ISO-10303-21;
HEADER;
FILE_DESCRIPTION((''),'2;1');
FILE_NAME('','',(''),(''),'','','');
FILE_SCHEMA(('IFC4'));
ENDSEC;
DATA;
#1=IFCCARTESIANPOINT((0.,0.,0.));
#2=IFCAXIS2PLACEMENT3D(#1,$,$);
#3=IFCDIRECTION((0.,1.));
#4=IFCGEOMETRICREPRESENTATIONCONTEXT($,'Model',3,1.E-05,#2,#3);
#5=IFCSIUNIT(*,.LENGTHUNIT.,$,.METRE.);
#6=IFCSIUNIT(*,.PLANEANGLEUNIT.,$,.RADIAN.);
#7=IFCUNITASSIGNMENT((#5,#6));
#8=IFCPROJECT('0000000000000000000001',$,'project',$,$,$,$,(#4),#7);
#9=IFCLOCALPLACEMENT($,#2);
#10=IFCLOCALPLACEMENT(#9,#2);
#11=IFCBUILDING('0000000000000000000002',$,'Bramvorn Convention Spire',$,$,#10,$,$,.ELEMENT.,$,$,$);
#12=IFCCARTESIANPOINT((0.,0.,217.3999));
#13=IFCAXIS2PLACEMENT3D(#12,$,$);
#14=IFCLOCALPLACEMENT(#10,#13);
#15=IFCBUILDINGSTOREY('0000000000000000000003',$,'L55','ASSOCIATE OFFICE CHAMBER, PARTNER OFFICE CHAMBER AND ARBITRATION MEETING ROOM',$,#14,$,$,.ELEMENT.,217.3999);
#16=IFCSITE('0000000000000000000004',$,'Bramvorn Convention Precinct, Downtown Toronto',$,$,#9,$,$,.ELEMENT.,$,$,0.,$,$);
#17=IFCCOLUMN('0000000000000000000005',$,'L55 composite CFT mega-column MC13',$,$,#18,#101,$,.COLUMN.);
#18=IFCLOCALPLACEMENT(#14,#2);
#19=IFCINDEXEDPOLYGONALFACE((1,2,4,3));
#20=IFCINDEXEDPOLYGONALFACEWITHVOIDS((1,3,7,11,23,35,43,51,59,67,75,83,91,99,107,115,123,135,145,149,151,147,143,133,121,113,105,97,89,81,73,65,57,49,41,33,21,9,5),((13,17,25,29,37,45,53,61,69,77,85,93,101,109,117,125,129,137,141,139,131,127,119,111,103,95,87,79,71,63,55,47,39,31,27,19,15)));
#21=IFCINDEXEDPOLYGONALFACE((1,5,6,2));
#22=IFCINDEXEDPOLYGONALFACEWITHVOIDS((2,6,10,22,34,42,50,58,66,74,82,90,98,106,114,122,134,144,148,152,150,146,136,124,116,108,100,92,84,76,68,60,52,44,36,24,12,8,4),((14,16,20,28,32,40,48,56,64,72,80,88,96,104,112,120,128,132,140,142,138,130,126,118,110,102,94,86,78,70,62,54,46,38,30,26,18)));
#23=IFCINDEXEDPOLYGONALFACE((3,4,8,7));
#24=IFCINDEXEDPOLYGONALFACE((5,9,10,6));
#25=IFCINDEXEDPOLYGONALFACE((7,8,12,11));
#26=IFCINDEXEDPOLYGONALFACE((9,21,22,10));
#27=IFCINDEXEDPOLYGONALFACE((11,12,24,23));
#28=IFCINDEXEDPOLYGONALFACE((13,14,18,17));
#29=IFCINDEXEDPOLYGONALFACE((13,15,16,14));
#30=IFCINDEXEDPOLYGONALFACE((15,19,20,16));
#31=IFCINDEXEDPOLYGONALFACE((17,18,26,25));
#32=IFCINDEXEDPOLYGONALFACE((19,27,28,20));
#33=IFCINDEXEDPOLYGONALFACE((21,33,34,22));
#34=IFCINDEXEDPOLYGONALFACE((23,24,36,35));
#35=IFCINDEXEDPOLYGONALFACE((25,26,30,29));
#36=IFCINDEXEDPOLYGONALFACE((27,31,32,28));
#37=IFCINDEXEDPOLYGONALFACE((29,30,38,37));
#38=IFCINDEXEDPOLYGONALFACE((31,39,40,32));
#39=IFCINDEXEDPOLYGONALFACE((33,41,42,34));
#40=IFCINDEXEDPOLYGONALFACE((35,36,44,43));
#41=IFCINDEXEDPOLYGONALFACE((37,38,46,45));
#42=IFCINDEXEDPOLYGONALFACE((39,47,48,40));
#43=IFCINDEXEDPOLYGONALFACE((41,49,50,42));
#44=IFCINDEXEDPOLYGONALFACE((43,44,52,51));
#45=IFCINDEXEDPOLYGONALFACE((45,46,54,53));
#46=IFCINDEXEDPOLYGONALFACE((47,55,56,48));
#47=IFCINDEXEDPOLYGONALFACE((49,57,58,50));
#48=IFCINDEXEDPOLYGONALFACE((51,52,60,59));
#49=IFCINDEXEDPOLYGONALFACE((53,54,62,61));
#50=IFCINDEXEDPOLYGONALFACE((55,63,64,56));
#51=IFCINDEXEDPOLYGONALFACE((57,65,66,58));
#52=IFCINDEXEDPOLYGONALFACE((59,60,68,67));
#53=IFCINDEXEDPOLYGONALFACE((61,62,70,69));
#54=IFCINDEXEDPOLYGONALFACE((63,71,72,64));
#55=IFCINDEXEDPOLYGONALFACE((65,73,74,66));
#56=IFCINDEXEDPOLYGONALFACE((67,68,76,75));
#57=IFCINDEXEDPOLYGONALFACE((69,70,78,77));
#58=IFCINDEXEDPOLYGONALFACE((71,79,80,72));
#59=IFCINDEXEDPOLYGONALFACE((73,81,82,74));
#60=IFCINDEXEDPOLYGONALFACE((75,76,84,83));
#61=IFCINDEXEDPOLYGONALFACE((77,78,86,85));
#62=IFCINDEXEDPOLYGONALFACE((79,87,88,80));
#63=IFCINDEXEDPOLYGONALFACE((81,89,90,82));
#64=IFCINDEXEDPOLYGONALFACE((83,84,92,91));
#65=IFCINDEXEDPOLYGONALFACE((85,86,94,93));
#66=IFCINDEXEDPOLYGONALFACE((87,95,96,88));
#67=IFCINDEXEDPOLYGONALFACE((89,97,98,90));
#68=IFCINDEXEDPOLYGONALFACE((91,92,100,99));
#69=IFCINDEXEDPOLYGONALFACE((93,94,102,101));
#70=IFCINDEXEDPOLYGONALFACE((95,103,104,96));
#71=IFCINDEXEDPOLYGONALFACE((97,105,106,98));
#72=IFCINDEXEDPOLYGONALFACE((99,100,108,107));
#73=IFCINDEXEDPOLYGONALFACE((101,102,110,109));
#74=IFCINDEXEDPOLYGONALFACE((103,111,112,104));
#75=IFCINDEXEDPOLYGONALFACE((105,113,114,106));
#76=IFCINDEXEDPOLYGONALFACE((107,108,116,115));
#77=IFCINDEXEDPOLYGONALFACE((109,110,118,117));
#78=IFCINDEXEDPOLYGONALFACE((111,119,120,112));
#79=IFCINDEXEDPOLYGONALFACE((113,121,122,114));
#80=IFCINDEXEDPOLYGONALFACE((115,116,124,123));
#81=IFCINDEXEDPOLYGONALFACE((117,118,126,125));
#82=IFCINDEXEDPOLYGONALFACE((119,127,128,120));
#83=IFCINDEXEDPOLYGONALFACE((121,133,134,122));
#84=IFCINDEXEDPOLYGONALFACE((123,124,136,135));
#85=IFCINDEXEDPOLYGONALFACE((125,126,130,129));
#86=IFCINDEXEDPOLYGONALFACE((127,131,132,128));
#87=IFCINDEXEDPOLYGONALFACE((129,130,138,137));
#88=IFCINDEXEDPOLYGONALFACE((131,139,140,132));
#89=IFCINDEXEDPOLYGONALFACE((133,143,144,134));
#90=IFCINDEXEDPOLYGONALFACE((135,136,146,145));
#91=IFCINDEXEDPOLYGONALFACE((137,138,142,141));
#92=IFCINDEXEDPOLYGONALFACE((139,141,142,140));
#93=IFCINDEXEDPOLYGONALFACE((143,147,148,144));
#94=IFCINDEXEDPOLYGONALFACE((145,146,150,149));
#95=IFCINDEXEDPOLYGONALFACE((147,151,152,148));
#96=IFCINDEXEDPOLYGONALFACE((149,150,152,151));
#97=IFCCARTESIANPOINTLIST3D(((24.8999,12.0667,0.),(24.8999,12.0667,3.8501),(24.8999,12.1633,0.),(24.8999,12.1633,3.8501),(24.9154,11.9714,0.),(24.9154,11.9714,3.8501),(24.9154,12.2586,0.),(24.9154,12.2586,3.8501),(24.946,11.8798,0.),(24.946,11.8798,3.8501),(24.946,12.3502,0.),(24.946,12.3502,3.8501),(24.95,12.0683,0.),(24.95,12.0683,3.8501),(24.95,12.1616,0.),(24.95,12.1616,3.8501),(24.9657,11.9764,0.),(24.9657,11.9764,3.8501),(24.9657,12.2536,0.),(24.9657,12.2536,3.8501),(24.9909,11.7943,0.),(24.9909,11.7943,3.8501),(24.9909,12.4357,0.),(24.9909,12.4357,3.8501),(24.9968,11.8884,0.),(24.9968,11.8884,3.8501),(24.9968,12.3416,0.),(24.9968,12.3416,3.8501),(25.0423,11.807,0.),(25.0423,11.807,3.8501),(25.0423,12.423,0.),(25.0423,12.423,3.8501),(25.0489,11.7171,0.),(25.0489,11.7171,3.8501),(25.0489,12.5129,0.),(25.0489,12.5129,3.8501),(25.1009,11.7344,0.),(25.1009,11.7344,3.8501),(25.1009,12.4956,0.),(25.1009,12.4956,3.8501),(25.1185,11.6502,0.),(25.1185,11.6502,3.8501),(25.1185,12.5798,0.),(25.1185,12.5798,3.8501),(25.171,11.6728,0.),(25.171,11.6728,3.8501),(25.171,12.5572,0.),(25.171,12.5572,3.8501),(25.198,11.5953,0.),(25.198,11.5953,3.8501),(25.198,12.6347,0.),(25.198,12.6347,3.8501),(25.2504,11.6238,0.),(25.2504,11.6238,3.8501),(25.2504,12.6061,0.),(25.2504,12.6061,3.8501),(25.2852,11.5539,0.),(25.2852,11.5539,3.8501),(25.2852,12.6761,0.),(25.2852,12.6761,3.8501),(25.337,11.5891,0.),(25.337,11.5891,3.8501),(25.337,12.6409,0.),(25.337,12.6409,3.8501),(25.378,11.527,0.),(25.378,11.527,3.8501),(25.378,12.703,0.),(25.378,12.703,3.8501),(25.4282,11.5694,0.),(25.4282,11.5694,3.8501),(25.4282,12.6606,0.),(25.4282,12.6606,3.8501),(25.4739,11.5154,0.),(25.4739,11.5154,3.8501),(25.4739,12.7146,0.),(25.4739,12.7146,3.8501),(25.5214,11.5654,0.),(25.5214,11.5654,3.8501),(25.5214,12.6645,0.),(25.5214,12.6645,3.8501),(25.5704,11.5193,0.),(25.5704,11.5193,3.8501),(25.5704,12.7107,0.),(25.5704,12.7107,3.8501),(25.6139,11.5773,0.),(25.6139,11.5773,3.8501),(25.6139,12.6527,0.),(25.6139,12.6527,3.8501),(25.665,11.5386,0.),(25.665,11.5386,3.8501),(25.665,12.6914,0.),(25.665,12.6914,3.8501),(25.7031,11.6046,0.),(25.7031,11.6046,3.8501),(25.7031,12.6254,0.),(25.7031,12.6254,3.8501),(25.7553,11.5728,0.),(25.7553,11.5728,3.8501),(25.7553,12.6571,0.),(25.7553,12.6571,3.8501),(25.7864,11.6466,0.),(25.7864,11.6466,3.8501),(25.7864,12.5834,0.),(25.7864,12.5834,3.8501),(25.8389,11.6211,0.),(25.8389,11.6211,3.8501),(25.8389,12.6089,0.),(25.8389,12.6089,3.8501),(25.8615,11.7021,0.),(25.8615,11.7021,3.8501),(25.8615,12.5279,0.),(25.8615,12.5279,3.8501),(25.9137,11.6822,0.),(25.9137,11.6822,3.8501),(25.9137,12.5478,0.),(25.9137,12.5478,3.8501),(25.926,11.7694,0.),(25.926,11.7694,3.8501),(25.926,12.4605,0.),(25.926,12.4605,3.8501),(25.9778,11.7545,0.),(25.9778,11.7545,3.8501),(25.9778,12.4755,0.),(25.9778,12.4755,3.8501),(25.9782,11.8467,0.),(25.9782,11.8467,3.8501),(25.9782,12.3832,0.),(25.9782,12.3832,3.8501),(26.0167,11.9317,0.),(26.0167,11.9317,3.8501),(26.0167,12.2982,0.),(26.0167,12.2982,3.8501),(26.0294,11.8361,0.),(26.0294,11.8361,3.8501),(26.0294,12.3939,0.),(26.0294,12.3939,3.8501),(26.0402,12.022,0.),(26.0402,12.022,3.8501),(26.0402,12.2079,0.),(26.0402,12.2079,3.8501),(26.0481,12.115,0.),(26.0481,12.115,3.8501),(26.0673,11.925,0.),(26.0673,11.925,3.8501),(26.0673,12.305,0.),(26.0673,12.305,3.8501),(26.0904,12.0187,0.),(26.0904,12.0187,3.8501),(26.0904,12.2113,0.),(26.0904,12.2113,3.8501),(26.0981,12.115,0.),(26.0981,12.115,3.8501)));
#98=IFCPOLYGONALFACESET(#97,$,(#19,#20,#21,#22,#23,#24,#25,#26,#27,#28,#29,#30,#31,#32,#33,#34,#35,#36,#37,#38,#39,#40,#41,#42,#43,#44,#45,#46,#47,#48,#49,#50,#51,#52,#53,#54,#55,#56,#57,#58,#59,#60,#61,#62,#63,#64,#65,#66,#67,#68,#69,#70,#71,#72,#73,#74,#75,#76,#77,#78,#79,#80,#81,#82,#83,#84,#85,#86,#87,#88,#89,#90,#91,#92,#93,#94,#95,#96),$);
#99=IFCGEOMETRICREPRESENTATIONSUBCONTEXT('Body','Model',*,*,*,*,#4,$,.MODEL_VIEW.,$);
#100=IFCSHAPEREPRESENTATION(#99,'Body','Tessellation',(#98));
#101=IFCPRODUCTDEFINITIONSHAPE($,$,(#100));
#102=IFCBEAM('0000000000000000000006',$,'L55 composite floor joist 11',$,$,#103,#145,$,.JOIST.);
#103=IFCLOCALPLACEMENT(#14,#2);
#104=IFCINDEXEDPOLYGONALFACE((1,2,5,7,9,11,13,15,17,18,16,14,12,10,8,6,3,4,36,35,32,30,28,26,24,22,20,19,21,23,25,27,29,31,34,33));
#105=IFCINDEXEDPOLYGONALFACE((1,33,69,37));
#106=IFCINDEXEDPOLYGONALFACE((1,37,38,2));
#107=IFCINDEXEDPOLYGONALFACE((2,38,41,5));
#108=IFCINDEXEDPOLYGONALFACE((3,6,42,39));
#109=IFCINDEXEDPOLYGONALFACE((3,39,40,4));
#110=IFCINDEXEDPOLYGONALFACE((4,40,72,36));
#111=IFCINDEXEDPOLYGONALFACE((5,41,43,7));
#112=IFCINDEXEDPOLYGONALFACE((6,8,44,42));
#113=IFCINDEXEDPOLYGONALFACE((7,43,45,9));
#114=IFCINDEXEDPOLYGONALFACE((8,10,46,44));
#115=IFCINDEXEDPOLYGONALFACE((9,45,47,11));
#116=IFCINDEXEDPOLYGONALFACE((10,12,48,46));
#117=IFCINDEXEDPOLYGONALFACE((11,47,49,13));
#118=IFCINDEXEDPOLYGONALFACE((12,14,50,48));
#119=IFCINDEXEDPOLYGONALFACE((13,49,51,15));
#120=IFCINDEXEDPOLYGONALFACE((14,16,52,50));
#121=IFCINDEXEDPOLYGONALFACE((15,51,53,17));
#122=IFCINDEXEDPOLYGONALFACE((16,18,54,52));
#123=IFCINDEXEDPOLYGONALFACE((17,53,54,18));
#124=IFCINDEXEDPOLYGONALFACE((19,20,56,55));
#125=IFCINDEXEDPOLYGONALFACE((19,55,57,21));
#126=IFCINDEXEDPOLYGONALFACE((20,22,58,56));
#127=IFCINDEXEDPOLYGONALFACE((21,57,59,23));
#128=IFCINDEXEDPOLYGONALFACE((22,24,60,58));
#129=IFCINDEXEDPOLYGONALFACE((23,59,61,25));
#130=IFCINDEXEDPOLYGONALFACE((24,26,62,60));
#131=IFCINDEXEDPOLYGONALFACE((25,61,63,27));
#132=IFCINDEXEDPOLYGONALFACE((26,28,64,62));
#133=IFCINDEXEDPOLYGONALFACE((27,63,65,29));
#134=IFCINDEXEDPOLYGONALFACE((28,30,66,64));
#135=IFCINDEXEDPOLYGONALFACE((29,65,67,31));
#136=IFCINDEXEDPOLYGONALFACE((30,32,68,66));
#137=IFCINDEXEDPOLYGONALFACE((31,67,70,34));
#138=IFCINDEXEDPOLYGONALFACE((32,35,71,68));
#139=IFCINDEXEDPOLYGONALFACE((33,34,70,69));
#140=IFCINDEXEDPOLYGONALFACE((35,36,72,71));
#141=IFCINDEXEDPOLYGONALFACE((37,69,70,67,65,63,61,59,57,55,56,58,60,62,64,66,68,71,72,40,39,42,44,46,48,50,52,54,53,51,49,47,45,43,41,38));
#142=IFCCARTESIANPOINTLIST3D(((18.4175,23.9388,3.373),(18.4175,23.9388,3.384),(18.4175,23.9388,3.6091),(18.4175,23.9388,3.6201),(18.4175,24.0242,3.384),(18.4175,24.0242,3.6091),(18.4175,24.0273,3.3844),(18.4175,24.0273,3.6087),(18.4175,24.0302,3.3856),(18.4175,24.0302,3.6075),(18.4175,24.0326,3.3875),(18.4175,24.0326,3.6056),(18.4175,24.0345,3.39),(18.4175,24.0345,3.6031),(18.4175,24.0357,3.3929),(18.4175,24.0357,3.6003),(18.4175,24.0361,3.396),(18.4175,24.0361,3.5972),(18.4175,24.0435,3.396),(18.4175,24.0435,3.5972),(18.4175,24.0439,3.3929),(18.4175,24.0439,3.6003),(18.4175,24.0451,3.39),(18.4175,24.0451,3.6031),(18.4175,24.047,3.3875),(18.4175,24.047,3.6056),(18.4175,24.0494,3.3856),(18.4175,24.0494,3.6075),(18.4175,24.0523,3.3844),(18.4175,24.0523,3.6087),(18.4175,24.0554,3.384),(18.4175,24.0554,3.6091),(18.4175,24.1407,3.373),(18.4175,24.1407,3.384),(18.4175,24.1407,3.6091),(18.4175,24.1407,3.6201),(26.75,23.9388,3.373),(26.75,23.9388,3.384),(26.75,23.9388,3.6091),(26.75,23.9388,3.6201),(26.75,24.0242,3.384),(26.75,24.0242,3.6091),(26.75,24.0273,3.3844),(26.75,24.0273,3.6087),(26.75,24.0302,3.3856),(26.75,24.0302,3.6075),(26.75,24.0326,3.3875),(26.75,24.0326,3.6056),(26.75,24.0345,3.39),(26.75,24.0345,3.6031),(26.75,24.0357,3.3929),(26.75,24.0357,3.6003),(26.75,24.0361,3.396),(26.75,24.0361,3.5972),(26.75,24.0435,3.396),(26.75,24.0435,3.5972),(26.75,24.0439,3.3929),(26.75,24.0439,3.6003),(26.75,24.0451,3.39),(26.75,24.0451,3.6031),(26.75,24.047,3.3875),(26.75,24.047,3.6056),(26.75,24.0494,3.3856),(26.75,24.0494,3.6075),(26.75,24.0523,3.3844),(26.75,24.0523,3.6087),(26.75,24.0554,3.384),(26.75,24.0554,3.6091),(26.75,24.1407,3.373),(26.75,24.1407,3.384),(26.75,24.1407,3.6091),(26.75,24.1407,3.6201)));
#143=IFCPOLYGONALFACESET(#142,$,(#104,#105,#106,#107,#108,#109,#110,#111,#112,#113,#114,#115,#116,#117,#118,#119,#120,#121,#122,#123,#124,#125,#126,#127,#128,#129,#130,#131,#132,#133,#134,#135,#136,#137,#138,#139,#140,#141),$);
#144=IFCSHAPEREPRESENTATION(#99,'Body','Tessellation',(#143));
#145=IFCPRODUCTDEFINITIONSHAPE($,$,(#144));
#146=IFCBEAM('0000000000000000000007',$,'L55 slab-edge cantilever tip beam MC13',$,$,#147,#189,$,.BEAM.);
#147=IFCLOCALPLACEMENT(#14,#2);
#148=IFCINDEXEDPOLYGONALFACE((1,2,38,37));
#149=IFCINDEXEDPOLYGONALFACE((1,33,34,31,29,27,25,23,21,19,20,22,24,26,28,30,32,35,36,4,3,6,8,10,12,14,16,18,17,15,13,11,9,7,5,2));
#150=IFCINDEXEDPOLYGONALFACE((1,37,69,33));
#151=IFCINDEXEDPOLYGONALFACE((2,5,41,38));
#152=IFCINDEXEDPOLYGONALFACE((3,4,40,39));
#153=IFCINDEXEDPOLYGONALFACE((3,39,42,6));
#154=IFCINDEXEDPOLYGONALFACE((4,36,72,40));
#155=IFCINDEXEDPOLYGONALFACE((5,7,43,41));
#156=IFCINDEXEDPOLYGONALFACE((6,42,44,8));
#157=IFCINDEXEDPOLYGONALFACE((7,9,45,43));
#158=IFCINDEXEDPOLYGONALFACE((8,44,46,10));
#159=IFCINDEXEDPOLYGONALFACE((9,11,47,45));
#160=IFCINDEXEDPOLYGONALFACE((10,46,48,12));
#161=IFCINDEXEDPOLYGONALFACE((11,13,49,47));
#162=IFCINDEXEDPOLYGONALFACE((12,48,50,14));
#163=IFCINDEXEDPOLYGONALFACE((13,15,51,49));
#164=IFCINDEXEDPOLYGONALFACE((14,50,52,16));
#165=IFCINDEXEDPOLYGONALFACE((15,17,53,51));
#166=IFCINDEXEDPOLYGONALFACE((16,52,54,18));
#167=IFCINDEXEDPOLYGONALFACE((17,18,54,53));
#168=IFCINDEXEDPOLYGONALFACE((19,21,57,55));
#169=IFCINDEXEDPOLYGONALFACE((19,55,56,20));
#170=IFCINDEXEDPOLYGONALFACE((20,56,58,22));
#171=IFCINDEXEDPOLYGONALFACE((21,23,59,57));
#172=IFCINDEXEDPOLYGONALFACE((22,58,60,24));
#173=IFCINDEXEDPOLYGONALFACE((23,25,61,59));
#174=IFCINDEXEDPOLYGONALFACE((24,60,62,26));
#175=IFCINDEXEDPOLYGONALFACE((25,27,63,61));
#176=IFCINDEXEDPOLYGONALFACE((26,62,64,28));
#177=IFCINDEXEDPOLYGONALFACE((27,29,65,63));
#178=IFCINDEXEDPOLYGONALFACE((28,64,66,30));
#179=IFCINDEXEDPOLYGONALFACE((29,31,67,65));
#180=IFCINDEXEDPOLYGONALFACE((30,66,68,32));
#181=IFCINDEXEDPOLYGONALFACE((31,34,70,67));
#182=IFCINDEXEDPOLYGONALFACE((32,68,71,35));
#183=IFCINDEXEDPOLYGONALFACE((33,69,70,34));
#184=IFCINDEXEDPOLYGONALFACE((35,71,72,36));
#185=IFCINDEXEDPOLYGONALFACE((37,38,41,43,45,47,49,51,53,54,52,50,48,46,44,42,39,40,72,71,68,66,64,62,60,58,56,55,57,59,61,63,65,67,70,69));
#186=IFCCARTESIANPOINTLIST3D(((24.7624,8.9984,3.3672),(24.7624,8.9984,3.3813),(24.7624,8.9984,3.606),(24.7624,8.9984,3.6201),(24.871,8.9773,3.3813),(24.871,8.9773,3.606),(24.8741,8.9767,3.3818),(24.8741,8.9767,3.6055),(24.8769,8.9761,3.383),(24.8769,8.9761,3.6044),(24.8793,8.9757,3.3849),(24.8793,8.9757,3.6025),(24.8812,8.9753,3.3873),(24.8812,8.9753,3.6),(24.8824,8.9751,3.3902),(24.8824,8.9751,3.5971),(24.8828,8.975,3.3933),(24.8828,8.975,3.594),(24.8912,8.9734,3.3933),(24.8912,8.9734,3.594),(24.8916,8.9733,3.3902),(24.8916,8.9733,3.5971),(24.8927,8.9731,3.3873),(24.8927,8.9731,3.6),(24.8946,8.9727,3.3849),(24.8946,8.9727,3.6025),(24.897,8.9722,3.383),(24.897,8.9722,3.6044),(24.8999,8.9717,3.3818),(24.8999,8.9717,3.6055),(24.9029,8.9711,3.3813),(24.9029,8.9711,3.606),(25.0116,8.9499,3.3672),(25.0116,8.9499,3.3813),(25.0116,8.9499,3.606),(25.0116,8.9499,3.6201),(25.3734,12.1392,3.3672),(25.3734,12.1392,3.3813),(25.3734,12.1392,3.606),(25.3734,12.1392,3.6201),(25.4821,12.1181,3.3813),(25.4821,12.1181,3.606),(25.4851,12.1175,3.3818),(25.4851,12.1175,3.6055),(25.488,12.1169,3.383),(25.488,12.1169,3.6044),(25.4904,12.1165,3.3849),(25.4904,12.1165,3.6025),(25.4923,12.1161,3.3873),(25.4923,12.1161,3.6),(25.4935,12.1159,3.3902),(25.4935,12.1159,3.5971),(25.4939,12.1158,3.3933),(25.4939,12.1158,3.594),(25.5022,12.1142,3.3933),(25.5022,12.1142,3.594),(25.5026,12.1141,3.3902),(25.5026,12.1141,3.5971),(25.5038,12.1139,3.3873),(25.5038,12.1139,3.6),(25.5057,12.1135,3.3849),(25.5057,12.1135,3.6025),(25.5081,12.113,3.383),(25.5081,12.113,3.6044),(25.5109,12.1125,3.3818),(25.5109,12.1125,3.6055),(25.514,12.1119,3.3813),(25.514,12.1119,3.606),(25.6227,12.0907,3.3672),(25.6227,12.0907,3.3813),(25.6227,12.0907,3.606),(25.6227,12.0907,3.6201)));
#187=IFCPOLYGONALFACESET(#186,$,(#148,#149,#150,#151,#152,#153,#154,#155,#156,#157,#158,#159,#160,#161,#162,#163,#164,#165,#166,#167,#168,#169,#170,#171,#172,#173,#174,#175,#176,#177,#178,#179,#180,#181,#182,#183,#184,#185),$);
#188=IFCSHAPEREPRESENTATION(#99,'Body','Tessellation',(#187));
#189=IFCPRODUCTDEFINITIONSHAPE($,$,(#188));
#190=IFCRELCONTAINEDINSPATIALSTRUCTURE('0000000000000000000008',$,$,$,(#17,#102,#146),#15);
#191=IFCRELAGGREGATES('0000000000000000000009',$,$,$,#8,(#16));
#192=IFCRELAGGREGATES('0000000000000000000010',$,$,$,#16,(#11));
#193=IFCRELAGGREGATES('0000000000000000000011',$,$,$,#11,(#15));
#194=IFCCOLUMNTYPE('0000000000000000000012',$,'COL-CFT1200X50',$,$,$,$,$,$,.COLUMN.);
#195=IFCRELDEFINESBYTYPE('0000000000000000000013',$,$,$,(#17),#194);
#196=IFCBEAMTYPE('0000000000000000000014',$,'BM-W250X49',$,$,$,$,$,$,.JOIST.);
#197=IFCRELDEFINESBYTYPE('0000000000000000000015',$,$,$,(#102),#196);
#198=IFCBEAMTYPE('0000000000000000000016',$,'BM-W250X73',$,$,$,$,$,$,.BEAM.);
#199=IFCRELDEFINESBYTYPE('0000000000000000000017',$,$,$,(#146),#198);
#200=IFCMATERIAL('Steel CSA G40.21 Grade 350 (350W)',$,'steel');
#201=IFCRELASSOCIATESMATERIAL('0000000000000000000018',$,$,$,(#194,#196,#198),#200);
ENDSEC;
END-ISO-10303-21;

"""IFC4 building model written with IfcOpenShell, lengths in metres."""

from ifc_helpers import new_model, si_unit, direction, frame, origin, origin_2d, place, context, subcontext, project, spatial, hollow_circle, i_section, extrude, material, material_profile, profile_set, type_object, element, save


model = new_model("IFC4")

# Units and contexts
model_context = context("Model", 3, precision=1e-05, world=origin(), true_north=direction((0.0, 1.0)))
body_context = subcontext(model_context, "Body", "Model", "MODEL_VIEW")
ifc_project = project(units=[si_unit("LENGTHUNIT", "METRE"), si_unit("PLANEANGLEUNIT", "RADIAN")], contexts=[model_context])

# Site, building, storey
site_placement = place(None, origin())
site = spatial("IfcSite", under=ifc_project, at=site_placement, Name="Bramvorn Convention Precinct, Downtown Toronto", CompositionType="ELEMENT", RefElevation=0.0)
building_placement = place(site_placement, origin())
building = spatial("IfcBuilding", under=site, at=building_placement, Name="Bramvorn Convention Spire", CompositionType="ELEMENT")
storey_placement = place(building_placement, frame((0.0, 0.0, 217.3999)))
storey = spatial("IfcBuildingStorey", under=building, at=storey_placement, Name="L55", Description="ASSOCIATE OFFICE CHAMBER, PARTNER OFFICE CHAMBER AND ARBITRATION MEETING ROOM", CompositionType="ELEMENT", Elevation=217.3999)

# Column
ifc_material_1 = material(Name="Steel CSA G40.21 Grade 350 (350W)", Category="steel")
ifc_material_profile_1 = material_profile(ifc_material_1, hollow_circle(Radius=0.6001, WallThickness=0.05, at=origin_2d()))
ifc_profile_set_1 = profile_set([ifc_material_profile_1], Name="Steel CSA G40.21 Grade 350 (350W) - CFT1200X50")
column_type = type_object("IfcColumnType", Name="COL-CFT1200X50", PredefinedType="COLUMN", material=ifc_profile_set_1)
column_placement = place(storey_placement, frame((25.498, 12.115, 0.0), z_axis=(0.0, 0.0, 1.0), x_axis=(1.0, 0.0, 0.0)))
element("IfcColumn", 1, at=column_placement, inside=storey, type_object=column_type, Name="L55 composite CFT mega-column MC13", PredefinedType="COLUMN", context=body_context, shape_type="SweptSolid", body=[
    extrude(hollow_circle(Radius=0.6001, WallThickness=0.05, at=origin_2d()), origin(), (0.0, 0.0, 1.0), 3.8501),
])

# Beams
ifc_material_profile_2 = material_profile(ifc_material_1, i_section(OverallWidth=0.2019, OverallDepth=0.2471, WebThickness=0.0073, FlangeThickness=0.011, FilletRadius=0.012, at=origin_2d()))
ifc_profile_set_2 = profile_set([ifc_material_profile_2], Name="Steel CSA G40.21 Grade 350 (350W) - W250X49")
beam_type_1 = type_object("IfcBeamType", Name="BM-W250X49", PredefinedType="JOIST", material=ifc_profile_set_2)
beam_1_placement = place(storey_placement, frame((26.75, 24.0398, 3.4966), z_axis=(-1.0, 0.0, 0.0), x_axis=(0.0, -1.0, 0.0)))
element("IfcBeam", 2, at=beam_1_placement, inside=storey, type_object=beam_type_1, Name="L55 composite floor joist 11", PredefinedType="JOIST", context=body_context, shape_type="SweptSolid", body=[
    extrude(i_section(OverallWidth=0.2019, OverallDepth=0.2471, WebThickness=0.0073, FlangeThickness=0.011, FilletRadius=0.012, at=origin_2d()), origin(), (0.0, 0.0, 1.0), 8.3325),
])
ifc_material_profile_3 = material_profile(ifc_material_1, i_section(OverallWidth=0.2539, OverallDepth=0.2529, WebThickness=0.0085, FlangeThickness=0.0142, FilletRadius=0.012, at=origin_2d()))
ifc_profile_set_3 = profile_set([ifc_material_profile_3], Name="Steel CSA G40.21 Grade 350 (350W) - W250X73")
beam_type_2 = type_object("IfcBeamType", Name="BM-W250X73", PredefinedType="BEAM", material=ifc_profile_set_3)
beam_2_placement = place(storey_placement, frame((25.498, 12.115, 3.4937), z_axis=(-0.190978, -0.981594, 0.0), x_axis=(0.981594, -0.190978, 0.0)))
element("IfcBeam", 3, at=beam_2_placement, inside=storey, type_object=beam_type_2, Name="L55 slab-edge cantilever tip beam MC13", PredefinedType="BEAM", context=body_context, shape_type="SweptSolid", body=[
    extrude(i_section(OverallWidth=0.2539, OverallDepth=0.2529, WebThickness=0.0085, FlangeThickness=0.0142, FilletRadius=0.012, at=origin_2d()), origin(), (0.0, 0.0, 1.0), 3.1997),
])

save(model, "model.ifc")
